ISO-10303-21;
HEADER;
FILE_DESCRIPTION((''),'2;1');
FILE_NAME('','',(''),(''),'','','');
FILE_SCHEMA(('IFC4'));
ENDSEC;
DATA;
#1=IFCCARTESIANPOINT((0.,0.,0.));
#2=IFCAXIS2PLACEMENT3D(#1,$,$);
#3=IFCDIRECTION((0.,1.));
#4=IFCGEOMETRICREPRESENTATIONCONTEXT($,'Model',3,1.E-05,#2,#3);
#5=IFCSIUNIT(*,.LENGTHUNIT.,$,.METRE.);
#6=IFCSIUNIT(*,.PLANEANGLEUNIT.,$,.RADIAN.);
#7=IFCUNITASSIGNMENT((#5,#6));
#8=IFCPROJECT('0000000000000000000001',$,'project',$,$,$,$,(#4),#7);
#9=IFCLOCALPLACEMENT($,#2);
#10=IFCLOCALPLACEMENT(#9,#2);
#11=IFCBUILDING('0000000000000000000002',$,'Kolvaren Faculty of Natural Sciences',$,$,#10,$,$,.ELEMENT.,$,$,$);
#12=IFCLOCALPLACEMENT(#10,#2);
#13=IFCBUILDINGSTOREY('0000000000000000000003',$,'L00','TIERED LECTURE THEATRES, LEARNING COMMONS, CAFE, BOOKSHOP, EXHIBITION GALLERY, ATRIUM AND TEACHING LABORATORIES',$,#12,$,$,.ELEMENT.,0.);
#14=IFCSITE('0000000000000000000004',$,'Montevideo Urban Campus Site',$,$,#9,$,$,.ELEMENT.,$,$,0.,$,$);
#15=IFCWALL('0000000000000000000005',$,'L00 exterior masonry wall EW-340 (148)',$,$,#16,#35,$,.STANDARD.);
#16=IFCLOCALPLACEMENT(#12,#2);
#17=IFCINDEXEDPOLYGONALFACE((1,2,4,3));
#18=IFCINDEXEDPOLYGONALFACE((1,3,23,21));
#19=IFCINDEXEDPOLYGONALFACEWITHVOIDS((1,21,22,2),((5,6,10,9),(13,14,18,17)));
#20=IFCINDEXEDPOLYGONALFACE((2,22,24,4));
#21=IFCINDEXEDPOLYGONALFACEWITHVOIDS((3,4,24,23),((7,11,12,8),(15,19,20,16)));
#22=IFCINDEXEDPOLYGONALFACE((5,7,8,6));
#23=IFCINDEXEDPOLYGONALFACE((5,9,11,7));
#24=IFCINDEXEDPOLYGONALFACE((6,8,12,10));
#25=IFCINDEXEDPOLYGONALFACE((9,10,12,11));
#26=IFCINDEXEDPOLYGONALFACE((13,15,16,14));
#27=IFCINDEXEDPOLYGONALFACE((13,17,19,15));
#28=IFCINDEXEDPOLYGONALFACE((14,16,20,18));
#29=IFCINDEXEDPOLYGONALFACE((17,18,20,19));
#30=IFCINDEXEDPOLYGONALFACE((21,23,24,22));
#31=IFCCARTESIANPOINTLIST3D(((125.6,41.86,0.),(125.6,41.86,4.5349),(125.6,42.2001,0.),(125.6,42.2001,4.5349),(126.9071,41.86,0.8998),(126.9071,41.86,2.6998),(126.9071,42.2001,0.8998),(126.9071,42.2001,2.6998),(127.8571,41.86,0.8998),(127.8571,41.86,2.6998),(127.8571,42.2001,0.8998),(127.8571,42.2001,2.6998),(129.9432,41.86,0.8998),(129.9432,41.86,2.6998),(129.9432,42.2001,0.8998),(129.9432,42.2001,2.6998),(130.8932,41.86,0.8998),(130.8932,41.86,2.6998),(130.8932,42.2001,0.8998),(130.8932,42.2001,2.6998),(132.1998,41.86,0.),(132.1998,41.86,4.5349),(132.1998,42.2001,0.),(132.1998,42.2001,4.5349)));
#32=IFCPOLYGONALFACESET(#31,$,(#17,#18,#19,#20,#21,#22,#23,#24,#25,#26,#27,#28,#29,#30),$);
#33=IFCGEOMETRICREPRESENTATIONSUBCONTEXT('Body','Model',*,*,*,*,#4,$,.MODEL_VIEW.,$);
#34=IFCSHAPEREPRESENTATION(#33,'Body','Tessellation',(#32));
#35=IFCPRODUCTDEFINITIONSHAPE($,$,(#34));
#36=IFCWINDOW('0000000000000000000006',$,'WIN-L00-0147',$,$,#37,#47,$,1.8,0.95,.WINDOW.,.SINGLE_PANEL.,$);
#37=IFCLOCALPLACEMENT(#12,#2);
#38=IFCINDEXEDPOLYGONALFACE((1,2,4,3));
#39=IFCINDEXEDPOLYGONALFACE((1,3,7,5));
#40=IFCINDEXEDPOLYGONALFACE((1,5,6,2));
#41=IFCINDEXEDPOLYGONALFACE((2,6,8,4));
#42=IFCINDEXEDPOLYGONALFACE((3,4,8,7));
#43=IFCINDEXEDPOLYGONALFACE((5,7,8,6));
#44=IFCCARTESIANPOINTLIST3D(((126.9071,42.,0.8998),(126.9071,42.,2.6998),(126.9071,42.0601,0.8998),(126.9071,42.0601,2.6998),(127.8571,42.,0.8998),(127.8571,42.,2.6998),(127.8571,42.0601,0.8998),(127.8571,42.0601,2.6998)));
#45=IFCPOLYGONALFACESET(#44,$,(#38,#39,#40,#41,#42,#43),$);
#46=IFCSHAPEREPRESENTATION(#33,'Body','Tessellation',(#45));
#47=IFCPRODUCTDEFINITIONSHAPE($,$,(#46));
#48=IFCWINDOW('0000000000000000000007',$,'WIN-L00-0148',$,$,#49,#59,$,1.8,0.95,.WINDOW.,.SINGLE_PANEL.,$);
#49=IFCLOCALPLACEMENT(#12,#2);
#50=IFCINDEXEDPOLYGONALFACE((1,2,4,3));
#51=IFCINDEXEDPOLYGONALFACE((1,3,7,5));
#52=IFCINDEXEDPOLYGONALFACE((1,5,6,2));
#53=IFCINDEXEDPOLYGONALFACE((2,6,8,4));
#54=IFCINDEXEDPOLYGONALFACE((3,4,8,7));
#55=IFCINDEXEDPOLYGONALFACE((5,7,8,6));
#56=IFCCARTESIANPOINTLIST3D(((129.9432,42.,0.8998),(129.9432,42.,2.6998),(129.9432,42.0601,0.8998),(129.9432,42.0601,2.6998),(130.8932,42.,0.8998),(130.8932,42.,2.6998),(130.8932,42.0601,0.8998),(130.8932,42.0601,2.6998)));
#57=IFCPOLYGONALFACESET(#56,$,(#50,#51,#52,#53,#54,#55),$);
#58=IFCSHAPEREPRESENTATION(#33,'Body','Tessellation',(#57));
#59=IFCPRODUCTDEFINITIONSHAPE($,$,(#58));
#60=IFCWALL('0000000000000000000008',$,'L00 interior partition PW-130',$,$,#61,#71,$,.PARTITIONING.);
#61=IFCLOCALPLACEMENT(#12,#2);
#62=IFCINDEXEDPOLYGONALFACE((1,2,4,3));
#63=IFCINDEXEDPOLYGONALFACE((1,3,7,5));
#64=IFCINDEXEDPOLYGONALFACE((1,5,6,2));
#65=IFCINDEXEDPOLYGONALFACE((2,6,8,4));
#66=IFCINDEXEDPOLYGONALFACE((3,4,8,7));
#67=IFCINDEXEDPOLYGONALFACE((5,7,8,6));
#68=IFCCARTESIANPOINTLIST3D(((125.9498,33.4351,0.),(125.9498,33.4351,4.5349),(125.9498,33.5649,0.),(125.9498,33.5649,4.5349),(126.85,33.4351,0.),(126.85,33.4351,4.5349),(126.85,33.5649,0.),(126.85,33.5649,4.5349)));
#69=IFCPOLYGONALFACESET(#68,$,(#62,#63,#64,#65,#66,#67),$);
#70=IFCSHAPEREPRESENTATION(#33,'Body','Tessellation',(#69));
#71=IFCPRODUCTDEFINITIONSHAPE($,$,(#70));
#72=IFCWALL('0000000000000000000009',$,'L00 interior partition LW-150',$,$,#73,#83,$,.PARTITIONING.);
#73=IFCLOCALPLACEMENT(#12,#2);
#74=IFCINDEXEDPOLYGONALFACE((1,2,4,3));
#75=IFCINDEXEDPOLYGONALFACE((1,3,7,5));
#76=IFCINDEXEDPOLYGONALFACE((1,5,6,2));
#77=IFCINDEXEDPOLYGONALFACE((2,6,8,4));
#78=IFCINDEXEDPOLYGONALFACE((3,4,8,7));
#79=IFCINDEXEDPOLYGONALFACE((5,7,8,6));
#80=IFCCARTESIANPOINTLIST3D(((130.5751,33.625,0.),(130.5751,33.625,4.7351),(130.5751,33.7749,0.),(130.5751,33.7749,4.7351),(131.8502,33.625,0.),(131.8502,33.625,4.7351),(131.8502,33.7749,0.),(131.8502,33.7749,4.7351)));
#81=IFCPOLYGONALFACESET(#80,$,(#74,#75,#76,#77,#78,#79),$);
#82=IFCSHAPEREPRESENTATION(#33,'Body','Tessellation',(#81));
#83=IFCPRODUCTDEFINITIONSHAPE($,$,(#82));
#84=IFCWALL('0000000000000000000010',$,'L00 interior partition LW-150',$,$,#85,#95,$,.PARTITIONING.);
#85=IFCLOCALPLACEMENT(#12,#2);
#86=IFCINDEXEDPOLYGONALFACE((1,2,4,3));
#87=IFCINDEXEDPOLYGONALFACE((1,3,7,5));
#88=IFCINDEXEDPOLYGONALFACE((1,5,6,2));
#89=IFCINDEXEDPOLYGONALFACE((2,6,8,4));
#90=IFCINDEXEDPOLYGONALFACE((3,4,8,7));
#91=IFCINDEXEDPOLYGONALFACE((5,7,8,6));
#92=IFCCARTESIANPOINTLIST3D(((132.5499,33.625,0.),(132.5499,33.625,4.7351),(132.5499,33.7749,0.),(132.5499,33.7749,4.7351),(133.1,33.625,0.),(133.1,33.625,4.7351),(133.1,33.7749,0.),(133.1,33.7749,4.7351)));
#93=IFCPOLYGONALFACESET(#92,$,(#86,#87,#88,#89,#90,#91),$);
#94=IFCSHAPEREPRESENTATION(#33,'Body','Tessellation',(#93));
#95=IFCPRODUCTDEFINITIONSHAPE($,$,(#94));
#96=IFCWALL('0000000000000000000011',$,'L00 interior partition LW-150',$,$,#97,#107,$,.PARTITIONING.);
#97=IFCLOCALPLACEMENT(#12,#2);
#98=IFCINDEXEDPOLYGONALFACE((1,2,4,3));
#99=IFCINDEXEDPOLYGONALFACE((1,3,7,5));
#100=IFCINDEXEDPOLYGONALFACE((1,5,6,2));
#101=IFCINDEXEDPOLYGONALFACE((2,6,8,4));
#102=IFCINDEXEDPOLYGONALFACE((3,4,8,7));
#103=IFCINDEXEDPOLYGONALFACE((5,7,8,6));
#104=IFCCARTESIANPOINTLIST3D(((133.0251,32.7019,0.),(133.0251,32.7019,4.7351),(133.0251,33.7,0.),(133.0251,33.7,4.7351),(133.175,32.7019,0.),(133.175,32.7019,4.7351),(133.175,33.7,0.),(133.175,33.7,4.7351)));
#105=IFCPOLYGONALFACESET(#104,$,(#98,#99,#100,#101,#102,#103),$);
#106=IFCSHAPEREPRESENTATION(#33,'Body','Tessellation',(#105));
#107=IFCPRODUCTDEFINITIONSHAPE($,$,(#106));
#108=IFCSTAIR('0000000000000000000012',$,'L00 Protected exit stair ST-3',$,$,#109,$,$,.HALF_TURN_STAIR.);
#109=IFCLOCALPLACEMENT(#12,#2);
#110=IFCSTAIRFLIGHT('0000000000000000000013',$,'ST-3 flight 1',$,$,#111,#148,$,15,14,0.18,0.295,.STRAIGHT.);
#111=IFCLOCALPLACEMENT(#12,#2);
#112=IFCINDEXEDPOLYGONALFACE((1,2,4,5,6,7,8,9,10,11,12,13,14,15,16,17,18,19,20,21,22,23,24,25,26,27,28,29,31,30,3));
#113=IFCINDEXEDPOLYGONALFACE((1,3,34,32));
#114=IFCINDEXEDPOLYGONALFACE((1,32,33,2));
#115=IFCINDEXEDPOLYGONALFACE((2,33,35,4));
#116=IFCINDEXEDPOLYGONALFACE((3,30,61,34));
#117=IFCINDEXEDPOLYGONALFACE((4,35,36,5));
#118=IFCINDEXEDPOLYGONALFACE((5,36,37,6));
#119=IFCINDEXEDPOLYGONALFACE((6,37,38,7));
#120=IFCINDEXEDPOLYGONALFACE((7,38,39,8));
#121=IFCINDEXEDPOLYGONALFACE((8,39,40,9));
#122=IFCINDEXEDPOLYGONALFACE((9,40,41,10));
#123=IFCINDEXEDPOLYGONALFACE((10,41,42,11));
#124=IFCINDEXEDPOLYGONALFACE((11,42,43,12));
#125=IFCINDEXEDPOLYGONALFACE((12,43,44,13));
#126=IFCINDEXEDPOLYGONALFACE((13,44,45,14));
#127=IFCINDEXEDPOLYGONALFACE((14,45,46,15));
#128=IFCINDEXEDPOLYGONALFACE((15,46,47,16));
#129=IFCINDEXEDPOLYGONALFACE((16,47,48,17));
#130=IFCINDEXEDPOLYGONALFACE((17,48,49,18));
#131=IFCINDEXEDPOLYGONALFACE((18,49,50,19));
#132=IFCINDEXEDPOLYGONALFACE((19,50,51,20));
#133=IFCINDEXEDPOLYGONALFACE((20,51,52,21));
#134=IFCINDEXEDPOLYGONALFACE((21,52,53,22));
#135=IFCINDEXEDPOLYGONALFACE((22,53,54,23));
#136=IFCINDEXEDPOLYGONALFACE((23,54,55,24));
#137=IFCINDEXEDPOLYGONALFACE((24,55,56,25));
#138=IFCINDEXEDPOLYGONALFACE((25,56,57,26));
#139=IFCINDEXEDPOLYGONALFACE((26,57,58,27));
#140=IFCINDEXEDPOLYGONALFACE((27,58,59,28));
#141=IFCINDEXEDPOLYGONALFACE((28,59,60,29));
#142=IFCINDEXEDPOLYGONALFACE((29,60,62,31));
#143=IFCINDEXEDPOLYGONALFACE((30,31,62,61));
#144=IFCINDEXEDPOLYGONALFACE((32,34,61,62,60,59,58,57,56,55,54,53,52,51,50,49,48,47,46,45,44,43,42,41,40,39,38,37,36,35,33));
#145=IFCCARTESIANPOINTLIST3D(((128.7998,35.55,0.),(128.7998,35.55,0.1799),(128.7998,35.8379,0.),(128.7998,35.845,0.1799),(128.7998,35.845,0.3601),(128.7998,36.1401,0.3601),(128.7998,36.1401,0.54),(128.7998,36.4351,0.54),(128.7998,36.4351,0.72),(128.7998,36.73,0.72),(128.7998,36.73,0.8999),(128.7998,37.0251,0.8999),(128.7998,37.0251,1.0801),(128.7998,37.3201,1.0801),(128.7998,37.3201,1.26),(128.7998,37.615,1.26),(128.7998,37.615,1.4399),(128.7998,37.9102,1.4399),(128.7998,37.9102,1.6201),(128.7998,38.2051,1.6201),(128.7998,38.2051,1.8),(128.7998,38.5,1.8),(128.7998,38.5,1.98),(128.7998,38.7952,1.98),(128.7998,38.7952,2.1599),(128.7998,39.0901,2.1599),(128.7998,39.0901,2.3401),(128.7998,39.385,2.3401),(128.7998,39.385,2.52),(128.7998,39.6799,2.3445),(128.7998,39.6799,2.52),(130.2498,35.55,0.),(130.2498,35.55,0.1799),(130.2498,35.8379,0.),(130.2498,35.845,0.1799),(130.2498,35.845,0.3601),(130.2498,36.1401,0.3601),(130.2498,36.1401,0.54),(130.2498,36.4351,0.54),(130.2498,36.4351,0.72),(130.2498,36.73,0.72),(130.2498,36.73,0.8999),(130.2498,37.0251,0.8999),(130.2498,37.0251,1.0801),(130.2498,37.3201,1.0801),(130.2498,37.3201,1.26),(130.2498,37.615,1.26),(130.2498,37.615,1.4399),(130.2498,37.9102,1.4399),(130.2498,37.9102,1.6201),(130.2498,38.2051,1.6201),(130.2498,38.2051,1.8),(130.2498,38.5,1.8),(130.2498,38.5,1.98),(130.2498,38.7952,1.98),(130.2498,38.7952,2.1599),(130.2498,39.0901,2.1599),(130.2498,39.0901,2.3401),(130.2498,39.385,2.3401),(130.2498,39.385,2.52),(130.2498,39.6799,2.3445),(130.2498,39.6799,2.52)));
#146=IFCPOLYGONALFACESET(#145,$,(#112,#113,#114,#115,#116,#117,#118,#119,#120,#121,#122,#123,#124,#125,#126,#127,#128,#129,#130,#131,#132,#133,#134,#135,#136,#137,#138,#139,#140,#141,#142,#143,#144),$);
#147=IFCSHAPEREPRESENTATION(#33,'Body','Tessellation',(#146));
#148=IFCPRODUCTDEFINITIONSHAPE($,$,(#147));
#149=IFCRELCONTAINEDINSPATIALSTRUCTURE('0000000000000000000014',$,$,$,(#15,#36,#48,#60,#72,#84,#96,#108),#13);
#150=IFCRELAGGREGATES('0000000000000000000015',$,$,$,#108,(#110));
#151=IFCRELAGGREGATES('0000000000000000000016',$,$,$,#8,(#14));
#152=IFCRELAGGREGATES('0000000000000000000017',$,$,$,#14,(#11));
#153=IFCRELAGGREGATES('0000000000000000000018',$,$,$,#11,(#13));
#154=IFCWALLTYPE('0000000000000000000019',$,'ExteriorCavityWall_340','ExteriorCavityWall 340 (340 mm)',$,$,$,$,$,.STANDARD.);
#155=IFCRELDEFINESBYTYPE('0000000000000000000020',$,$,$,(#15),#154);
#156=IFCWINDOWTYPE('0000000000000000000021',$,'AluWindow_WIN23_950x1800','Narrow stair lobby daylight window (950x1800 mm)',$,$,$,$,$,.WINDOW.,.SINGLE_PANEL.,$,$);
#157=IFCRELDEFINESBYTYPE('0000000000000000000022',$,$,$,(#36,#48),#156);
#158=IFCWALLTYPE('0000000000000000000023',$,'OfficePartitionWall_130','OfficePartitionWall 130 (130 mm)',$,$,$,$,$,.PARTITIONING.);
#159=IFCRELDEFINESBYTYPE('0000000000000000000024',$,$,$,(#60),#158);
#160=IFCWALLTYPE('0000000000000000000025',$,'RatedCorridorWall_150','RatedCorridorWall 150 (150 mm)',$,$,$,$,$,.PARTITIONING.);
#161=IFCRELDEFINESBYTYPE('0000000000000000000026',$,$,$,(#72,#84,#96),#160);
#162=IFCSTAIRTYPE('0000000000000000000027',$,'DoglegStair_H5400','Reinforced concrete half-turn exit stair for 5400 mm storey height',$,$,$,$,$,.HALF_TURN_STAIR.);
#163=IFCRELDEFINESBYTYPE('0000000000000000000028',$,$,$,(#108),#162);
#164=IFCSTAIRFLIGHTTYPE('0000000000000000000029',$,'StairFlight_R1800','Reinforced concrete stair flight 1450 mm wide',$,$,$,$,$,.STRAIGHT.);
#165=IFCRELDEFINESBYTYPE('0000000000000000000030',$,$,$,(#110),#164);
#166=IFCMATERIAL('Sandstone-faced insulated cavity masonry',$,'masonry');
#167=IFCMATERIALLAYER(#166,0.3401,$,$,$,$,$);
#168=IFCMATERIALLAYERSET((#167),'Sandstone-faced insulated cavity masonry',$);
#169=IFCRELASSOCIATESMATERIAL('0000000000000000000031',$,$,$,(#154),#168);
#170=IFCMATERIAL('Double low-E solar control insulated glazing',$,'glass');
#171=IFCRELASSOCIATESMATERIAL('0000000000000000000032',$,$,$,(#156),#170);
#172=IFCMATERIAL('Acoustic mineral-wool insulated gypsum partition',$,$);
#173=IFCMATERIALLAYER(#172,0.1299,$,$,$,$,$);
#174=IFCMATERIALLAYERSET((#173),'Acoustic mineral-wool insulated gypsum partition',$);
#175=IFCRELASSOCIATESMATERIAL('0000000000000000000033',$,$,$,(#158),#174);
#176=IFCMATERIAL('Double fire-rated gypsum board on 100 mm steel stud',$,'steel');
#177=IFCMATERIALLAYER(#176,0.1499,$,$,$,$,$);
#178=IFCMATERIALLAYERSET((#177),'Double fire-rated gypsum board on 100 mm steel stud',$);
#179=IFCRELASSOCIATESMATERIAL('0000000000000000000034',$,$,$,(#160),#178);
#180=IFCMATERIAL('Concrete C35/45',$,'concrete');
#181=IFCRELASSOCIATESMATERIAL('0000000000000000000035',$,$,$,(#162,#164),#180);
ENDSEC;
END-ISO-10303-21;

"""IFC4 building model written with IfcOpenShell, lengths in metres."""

from ifc_helpers import new_model, si_unit, direction, frame, frame_2d, origin, place, context, subcontext, project, spatial, polyline, rectangle, outline, extrude, material, layer, layer_set, type_object, element, fill, aggregate, save


model = new_model("IFC4")

# Units and contexts
model_context = context("Model", 3, precision=1e-05, world=origin(), true_north=direction((0.0, 1.0)))
body_context = subcontext(model_context, "Body", "Model", "MODEL_VIEW")
ifc_project = project(units=[si_unit("LENGTHUNIT", "METRE"), si_unit("PLANEANGLEUNIT", "RADIAN")], contexts=[model_context])

# Site, building, storey
site_placement = place(None, origin())
site = spatial("IfcSite", under=ifc_project, at=site_placement, Name="Montevideo Urban Campus Site", CompositionType="ELEMENT", RefElevation=0.0)
building_placement = place(site_placement, origin())
building = spatial("IfcBuilding", under=site, at=building_placement, Name="Kolvaren Faculty of Natural Sciences", CompositionType="ELEMENT")
storey_placement = place(building_placement, origin())
storey = spatial("IfcBuildingStorey", under=building, at=storey_placement, Name="L00", Description="TIERED LECTURE THEATRES, LEARNING COMMONS, CAFE, BOOKSHOP, EXHIBITION GALLERY, ATRIUM AND TEACHING LABORATORIES", CompositionType="ELEMENT", Elevation=0.0)

# Shared definitions
ifc_material_1 = material(Name="Concrete C35/45", Category="concrete")

# Wall, openings, windows
ifc_material_2 = material(Name="Sandstone-faced insulated cavity masonry", Category="masonry")
ifc_layer_1 = layer(ifc_material_2, 0.3401)
ifc_layer_set_1 = layer_set([ifc_layer_1], Name="Sandstone-faced insulated cavity masonry")
wall_type_1 = type_object("IfcWallType", Name="ExteriorCavityWall_340", Description="ExteriorCavityWall 340 (340 mm)", PredefinedType="STANDARD", material=ifc_layer_set_1)
wall_1_placement = place(storey_placement, frame((125.6001, 42.03, 0.0), z_axis=(0.0, 0.0, 1.0), x_axis=(1.0, 0.0, 0.0)))
wall_1 = element("IfcWall", 1, at=wall_1_placement, inside=storey, type_object=wall_type_1, Name="L00 exterior masonry wall EW-340 (148)", PredefinedType="STANDARD", context=body_context, shape_type="SweptSolid", body=[
    extrude(rectangle(XDim=6.5999, YDim=0.3401, at=frame_2d((3.2998, 0.0))), origin(), (0.0, 0.0, 1.0), 4.5349),
])
opening_1_placement = place(wall_1_placement, frame((1.3069, 0.0, 0.8999)))
opening_1 = element("IfcOpeningElement", 2, at=opening_1_placement, cuts=wall_1, PredefinedType="OPENING", context=body_context, shape_type="SweptSolid", body=[
    extrude(rectangle(XDim=0.95, YDim=1.8, at=frame_2d((0.4751, 0.8999))), frame((0.0, 0.1799, 0.0), z_axis=(0.0, -1.0, 0.0), x_axis=(1.0, 0.0, 0.0)), (0.0, 0.0, 1.0), 0.3601),
])
opening_2_placement = place(wall_1_placement, frame((4.343, 0.0, 0.8999)))
opening_2 = element("IfcOpeningElement", 3, at=opening_2_placement, cuts=wall_1, PredefinedType="OPENING", context=body_context, shape_type="SweptSolid", body=[
    extrude(rectangle(XDim=0.95, YDim=1.8, at=frame_2d((0.4751, 0.8999))), frame((0.0, 0.1799, 0.0), z_axis=(0.0, -1.0, 0.0), x_axis=(1.0, 0.0, 0.0)), (0.0, 0.0, 1.0), 0.3601),
])
ifc_material_3 = material(Name="Double low-E solar control insulated glazing", Category="glass")
window_type = type_object("IfcWindowType", Name="AluWindow_WIN23_950x1800", Description="Narrow stair lobby daylight window (950x1800 mm)", PartitioningType="SINGLE_PANEL", PredefinedType="WINDOW", material=ifc_material_3)
window_1_placement = place(opening_1_placement, origin())
window_1 = element("IfcWindow", 4, at=window_1_placement, inside=storey, type_object=window_type, Name="WIN-L00-0147", OverallHeight=1.8, OverallWidth=0.95, PartitioningType="SINGLE_PANEL", PredefinedType="WINDOW", context=body_context, shape_type="SweptSolid", body=[
    extrude(rectangle(XDim=0.95, YDim=1.8, at=frame_2d((0.4751, 0.8999))), frame((0.0, 0.03, 0.0), z_axis=(0.0, -1.0, 0.0), x_axis=(1.0, 0.0, 0.0)), (0.0, 0.0, 1.0), 0.0601),
])
fill(opening_1, window_1)
window_2_placement = place(opening_2_placement, origin())
window_2 = element("IfcWindow", 5, at=window_2_placement, inside=storey, type_object=window_type, Name="WIN-L00-0148", OverallHeight=1.8, OverallWidth=0.95, PartitioningType="SINGLE_PANEL", PredefinedType="WINDOW", context=body_context, shape_type="SweptSolid", body=[
    extrude(rectangle(XDim=0.95, YDim=1.8, at=frame_2d((0.4751, 0.8999))), frame((0.0, 0.03, 0.0), z_axis=(0.0, -1.0, 0.0), x_axis=(1.0, 0.0, 0.0)), (0.0, 0.0, 1.0), 0.0601),
])
fill(opening_2, window_2)

# Walls
ifc_material_4 = material(Name="Acoustic mineral-wool insulated gypsum partition")
ifc_layer_2 = layer(ifc_material_4, 0.1299)
ifc_layer_set_2 = layer_set([ifc_layer_2], Name="Acoustic mineral-wool insulated gypsum partition")
wall_type_2 = type_object("IfcWallType", Name="OfficePartitionWall_130", Description="OfficePartitionWall 130 (130 mm)", PredefinedType="PARTITIONING", material=ifc_layer_set_2)
wall_2_placement = place(storey_placement, frame((126.8501, 33.5, 0.0), z_axis=(0.0, 0.0, 1.0), x_axis=(-1.0, 0.0, 0.0)))
element("IfcWall", 6, at=wall_2_placement, inside=storey, type_object=wall_type_2, Name="L00 interior partition PW-130", PredefinedType="PARTITIONING", context=body_context, shape_type="SweptSolid", body=[
    extrude(rectangle(XDim=0.9001, YDim=0.1299, at=frame_2d((0.4502, 0.0))), origin(), (0.0, 0.0, 1.0), 4.5349),
])
ifc_material_5 = material(Name="Double fire-rated gypsum board on 100 mm steel stud", Category="steel")
ifc_layer_3 = layer(ifc_material_5, 0.1499)
ifc_layer_set_3 = layer_set([ifc_layer_3], Name="Double fire-rated gypsum board on 100 mm steel stud")
wall_type_3 = type_object("IfcWallType", Name="RatedCorridorWall_150", Description="RatedCorridorWall 150 (150 mm)", PredefinedType="PARTITIONING", material=ifc_layer_set_3)
wall_3_placement = place(storey_placement, frame((130.575, 33.7, 0.0), z_axis=(0.0, 0.0, 1.0), x_axis=(1.0, 0.0, 0.0)))
element("IfcWall", 7, at=wall_3_placement, inside=storey, type_object=wall_type_3, Name="L00 interior partition LW-150", PredefinedType="PARTITIONING", context=body_context, shape_type="SweptSolid", body=[
    extrude(rectangle(XDim=1.2751, YDim=0.1499, at=frame_2d((0.6377, 0.0))), origin(), (0.0, 0.0, 1.0), 4.7351),
])
wall_4_placement = place(storey_placement, frame((132.55, 33.7, 0.0), z_axis=(0.0, 0.0, 1.0), x_axis=(1.0, 0.0, 0.0)))
element("IfcWall", 8, at=wall_4_placement, inside=storey, type_object=wall_type_3, Name="L00 interior partition LW-150", PredefinedType="PARTITIONING", context=body_context, shape_type="SweptSolid", body=[
    extrude(rectangle(XDim=0.55, YDim=0.1499, at=frame_2d((0.2749, 0.0))), origin(), (0.0, 0.0, 1.0), 4.7351),
])
wall_5_placement = place(storey_placement, frame((133.1001, 33.7, 0.0), z_axis=(0.0, 0.0, 1.0), x_axis=(0.0, -1.0, 0.0)))
element("IfcWall", 9, at=wall_5_placement, inside=storey, type_object=wall_type_3, Name="L00 interior partition LW-150", PredefinedType="PARTITIONING", context=body_context, shape_type="SweptSolid", body=[
    extrude(rectangle(XDim=0.998, YDim=0.1499, at=frame_2d((0.499, 0.0))), origin(), (0.0, 0.0, 1.0), 4.7351),
])

# Stair, stair flight
stair_type = type_object("IfcStairType", Name="DoglegStair_H5400", Description="Reinforced concrete half-turn exit stair for 5400 mm storey height", PredefinedType="HALF_TURN_STAIR", material=ifc_material_1)
stair_placement = place(storey_placement, origin())
stair = element("IfcStair", 10, at=stair_placement, inside=storey, type_object=stair_type, Name="L00 Protected exit stair ST-3", PredefinedType="HALF_TURN_STAIR")
stair_flight_type = type_object("IfcStairFlightType", Name="StairFlight_R1800", Description="Reinforced concrete stair flight 1450 mm wide", PredefinedType="STRAIGHT", material=ifc_material_1)
stair_flight_1_placement = place(storey_placement, frame((129.5249, 35.55, 0.0), z_axis=(0.0, 0.0, 1.0), x_axis=(0.0, 1.0, 0.0)))
stair_flight_1 = element("IfcStairFlight", 11, at=stair_flight_1_placement, type_object=stair_flight_type, Name="ST-3 flight 1", NumberOfRisers=15, NumberOfTreads=14, PredefinedType="STRAIGHT", RiserHeight=0.18, TreadLength=0.295, context=body_context, shape_type="SweptSolid", body=[
    extrude(outline(polyline([(0.0, 0.0), (0.0, 0.1799), (0.2949, 0.1799), (0.2949, 0.3601), (0.5901, 0.3601), (0.5901, 0.54), (0.885, 0.54), (0.885, 0.72), (1.1799, 0.72), (1.1799, 0.8999), (1.4751, 0.8999), (1.4751, 1.0801), (1.77, 1.0801), (1.77, 1.26), (2.0649, 1.26), (2.0649, 1.4399), (2.3601, 1.4399), (2.3601, 1.6201), (2.655, 1.6201), (2.655, 1.8), (2.95, 1.8), (2.95, 1.98), (3.2451, 1.98), (3.2451, 2.1599), (3.54, 2.1599), (3.54, 2.3401), (3.835, 2.3401), (3.835, 2.52), (4.1299, 2.52), (4.1299, 2.7), (4.1299, 2.3445), (0.2878, 0.0), (0.0, 0.0)])), frame((0.0, 0.7251, 0.0), z_axis=(0.0, -1.0, 0.0), x_axis=(1.0, 0.0, 0.0)), (0.0, 0.0, 1.0), 1.45),
])
aggregate(stair, [stair_flight_1])

save(model, "model.ifc")
